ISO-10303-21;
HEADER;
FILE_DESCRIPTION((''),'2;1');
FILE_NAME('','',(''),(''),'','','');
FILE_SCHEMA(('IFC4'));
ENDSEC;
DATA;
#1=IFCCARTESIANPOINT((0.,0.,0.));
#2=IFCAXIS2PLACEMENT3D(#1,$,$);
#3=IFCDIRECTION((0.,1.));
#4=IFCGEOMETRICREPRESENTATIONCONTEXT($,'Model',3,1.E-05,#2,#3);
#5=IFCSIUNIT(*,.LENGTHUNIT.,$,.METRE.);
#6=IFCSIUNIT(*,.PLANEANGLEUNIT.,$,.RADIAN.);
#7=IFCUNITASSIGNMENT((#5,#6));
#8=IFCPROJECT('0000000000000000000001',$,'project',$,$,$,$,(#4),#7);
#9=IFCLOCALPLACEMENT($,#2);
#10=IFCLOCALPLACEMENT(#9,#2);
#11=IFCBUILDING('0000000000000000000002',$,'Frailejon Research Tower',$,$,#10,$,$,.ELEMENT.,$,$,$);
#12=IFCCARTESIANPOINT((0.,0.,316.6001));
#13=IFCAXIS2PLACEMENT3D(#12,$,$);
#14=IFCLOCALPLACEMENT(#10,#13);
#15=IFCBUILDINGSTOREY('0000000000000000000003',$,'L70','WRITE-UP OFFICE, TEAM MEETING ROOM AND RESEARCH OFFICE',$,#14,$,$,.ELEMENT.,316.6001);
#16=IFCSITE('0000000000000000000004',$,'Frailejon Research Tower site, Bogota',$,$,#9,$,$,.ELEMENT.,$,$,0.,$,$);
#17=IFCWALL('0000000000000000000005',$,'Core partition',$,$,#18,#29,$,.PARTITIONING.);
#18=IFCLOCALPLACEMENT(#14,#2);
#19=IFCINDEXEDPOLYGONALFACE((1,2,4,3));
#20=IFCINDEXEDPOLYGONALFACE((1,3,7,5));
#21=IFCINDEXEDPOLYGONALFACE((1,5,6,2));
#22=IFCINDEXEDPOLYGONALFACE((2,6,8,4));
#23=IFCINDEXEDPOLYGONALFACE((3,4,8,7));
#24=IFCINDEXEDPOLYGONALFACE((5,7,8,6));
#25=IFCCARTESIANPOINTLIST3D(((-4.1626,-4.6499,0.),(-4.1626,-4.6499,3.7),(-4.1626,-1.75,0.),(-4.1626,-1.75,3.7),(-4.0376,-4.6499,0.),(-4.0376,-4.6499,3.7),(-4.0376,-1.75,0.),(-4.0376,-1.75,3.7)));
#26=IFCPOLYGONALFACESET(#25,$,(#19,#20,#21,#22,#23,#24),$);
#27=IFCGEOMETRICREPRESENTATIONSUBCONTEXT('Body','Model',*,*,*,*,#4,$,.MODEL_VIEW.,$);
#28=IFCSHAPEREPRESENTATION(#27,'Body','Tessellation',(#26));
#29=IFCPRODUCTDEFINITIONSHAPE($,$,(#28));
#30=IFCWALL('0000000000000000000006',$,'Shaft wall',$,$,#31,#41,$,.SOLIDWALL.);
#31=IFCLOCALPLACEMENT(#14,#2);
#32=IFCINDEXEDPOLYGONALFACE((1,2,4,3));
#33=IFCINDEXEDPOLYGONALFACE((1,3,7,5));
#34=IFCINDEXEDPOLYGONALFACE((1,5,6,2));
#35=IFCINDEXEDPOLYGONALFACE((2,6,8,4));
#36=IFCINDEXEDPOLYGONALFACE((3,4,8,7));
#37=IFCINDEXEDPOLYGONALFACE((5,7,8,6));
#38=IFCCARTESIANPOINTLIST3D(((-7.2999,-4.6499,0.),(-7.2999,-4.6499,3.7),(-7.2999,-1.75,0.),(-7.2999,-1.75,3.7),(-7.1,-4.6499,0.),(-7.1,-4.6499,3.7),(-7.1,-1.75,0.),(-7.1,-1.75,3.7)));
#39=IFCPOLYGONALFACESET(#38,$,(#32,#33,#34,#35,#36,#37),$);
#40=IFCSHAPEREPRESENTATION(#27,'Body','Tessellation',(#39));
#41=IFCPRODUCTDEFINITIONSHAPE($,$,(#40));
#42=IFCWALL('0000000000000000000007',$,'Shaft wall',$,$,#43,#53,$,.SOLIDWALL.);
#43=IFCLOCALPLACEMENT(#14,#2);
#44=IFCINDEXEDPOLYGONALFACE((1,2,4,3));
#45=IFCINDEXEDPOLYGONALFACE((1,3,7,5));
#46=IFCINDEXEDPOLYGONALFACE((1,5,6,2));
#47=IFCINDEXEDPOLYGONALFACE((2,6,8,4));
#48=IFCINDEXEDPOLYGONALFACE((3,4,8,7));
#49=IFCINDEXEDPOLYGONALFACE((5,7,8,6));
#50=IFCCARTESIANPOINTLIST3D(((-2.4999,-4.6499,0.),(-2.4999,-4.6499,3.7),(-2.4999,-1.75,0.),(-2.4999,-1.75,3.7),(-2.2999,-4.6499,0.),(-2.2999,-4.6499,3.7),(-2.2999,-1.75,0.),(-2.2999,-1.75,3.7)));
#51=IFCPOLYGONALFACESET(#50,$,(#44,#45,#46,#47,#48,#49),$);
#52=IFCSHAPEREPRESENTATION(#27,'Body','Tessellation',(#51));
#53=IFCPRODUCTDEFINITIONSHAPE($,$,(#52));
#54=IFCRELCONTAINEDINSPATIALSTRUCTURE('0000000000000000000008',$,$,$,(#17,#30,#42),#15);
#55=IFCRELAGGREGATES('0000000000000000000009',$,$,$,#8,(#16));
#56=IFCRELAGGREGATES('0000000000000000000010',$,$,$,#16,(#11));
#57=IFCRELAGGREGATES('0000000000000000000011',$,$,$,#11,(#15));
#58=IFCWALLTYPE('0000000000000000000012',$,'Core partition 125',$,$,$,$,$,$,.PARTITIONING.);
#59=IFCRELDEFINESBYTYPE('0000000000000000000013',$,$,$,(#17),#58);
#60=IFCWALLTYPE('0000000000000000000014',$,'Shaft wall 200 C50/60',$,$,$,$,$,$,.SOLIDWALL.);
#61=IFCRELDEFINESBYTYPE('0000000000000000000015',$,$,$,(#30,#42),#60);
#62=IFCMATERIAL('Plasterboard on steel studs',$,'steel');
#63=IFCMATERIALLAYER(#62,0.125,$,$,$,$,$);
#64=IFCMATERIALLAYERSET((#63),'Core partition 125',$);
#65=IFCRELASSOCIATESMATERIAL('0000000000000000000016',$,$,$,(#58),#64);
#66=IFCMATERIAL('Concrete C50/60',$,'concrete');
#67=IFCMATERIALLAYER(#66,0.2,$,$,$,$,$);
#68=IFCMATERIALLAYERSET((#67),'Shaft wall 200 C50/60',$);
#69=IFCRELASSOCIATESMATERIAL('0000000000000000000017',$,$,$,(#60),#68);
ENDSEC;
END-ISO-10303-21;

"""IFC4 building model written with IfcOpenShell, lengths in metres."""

from ifc_helpers import new_model, si_unit, direction, frame, frame_2d, origin, place, context, subcontext, project, spatial, rectangle, extrude, material, layer, layer_set, type_object, element, save


model = new_model("IFC4")

# Units and contexts
model_context = context("Model", 3, precision=1e-05, world=origin(), true_north=direction((0.0, 1.0)))
body_context = subcontext(model_context, "Body", "Model", "MODEL_VIEW")
ifc_project = project(units=[si_unit("LENGTHUNIT", "METRE"), si_unit("PLANEANGLEUNIT", "RADIAN")], contexts=[model_context])

# Site, building, storey
site_placement = place(None, origin())
site = spatial("IfcSite", under=ifc_project, at=site_placement, Name="Frailejon Research Tower site, Bogota", CompositionType="ELEMENT", RefElevation=0.0)
building_placement = place(site_placement, origin())
building = spatial("IfcBuilding", under=site, at=building_placement, Name="Frailejon Research Tower", CompositionType="ELEMENT")
storey_placement = place(building_placement, frame((0.0, 0.0, 316.6001)))
storey = spatial("IfcBuildingStorey", under=building, at=storey_placement, Name="L70", Description="WRITE-UP OFFICE, TEAM MEETING ROOM AND RESEARCH OFFICE", CompositionType="ELEMENT", Elevation=316.6001)

# Walls
ifc_material_1 = material(Name="Plasterboard on steel studs", Category="steel")
ifc_layer_1 = layer(ifc_material_1, 0.125)
ifc_layer_set_1 = layer_set([ifc_layer_1], Name="Core partition 125")
wall_type_1 = type_object("IfcWallType", Name="Core partition 125", PredefinedType="PARTITIONING", material=ifc_layer_set_1)
wall_1_placement = place(storey_placement, frame((-4.1001, -4.6499, 0.0), z_axis=(0.0, 0.0, 1.0), x_axis=(0.0, 1.0, 0.0)))
element("IfcWall", 1, at=wall_1_placement, inside=storey, type_object=wall_type_1, Name="Core partition", PredefinedType="PARTITIONING", context=body_context, shape_type="SweptSolid", body=[
    extrude(rectangle(XDim=2.8999, YDim=0.125, at=frame_2d((1.45, 0.0))), origin(), (0.0, 0.0, 1.0), 3.7),
])
ifc_material_2 = material(Name="Concrete C50/60", Category="concrete")
ifc_layer_2 = layer(ifc_material_2, 0.2)
ifc_layer_set_2 = layer_set([ifc_layer_2], Name="Shaft wall 200 C50/60")
wall_type_2 = type_object("IfcWallType", Name="Shaft wall 200 C50/60", PredefinedType="SOLIDWALL", material=ifc_layer_set_2)
for number, where, z_axis, x_axis, name in (
    (2, (-7.2, -4.6499, 0.0), (0.0, 0.0, 1.0), (0.0, 1.0, 0.0), "Shaft wall"),
    (3, (-2.3999, -4.6499, 0.0), (0.0, 0.0, 1.0), (0.0, 1.0, 0.0), "Shaft wall"),
):
    element("IfcWall", number, at=place(storey_placement, frame(where, z_axis=z_axis, x_axis=x_axis)), inside=storey, type_object=wall_type_2, Name=name, PredefinedType="SOLIDWALL", context=body_context, shape_type="SweptSolid", body=[
        extrude(rectangle(XDim=2.8999, YDim=0.2, at=frame_2d((1.45, 0.0))), origin(), (0.0, 0.0, 1.0), 3.7),
    ])

save(model, "model.ifc")
